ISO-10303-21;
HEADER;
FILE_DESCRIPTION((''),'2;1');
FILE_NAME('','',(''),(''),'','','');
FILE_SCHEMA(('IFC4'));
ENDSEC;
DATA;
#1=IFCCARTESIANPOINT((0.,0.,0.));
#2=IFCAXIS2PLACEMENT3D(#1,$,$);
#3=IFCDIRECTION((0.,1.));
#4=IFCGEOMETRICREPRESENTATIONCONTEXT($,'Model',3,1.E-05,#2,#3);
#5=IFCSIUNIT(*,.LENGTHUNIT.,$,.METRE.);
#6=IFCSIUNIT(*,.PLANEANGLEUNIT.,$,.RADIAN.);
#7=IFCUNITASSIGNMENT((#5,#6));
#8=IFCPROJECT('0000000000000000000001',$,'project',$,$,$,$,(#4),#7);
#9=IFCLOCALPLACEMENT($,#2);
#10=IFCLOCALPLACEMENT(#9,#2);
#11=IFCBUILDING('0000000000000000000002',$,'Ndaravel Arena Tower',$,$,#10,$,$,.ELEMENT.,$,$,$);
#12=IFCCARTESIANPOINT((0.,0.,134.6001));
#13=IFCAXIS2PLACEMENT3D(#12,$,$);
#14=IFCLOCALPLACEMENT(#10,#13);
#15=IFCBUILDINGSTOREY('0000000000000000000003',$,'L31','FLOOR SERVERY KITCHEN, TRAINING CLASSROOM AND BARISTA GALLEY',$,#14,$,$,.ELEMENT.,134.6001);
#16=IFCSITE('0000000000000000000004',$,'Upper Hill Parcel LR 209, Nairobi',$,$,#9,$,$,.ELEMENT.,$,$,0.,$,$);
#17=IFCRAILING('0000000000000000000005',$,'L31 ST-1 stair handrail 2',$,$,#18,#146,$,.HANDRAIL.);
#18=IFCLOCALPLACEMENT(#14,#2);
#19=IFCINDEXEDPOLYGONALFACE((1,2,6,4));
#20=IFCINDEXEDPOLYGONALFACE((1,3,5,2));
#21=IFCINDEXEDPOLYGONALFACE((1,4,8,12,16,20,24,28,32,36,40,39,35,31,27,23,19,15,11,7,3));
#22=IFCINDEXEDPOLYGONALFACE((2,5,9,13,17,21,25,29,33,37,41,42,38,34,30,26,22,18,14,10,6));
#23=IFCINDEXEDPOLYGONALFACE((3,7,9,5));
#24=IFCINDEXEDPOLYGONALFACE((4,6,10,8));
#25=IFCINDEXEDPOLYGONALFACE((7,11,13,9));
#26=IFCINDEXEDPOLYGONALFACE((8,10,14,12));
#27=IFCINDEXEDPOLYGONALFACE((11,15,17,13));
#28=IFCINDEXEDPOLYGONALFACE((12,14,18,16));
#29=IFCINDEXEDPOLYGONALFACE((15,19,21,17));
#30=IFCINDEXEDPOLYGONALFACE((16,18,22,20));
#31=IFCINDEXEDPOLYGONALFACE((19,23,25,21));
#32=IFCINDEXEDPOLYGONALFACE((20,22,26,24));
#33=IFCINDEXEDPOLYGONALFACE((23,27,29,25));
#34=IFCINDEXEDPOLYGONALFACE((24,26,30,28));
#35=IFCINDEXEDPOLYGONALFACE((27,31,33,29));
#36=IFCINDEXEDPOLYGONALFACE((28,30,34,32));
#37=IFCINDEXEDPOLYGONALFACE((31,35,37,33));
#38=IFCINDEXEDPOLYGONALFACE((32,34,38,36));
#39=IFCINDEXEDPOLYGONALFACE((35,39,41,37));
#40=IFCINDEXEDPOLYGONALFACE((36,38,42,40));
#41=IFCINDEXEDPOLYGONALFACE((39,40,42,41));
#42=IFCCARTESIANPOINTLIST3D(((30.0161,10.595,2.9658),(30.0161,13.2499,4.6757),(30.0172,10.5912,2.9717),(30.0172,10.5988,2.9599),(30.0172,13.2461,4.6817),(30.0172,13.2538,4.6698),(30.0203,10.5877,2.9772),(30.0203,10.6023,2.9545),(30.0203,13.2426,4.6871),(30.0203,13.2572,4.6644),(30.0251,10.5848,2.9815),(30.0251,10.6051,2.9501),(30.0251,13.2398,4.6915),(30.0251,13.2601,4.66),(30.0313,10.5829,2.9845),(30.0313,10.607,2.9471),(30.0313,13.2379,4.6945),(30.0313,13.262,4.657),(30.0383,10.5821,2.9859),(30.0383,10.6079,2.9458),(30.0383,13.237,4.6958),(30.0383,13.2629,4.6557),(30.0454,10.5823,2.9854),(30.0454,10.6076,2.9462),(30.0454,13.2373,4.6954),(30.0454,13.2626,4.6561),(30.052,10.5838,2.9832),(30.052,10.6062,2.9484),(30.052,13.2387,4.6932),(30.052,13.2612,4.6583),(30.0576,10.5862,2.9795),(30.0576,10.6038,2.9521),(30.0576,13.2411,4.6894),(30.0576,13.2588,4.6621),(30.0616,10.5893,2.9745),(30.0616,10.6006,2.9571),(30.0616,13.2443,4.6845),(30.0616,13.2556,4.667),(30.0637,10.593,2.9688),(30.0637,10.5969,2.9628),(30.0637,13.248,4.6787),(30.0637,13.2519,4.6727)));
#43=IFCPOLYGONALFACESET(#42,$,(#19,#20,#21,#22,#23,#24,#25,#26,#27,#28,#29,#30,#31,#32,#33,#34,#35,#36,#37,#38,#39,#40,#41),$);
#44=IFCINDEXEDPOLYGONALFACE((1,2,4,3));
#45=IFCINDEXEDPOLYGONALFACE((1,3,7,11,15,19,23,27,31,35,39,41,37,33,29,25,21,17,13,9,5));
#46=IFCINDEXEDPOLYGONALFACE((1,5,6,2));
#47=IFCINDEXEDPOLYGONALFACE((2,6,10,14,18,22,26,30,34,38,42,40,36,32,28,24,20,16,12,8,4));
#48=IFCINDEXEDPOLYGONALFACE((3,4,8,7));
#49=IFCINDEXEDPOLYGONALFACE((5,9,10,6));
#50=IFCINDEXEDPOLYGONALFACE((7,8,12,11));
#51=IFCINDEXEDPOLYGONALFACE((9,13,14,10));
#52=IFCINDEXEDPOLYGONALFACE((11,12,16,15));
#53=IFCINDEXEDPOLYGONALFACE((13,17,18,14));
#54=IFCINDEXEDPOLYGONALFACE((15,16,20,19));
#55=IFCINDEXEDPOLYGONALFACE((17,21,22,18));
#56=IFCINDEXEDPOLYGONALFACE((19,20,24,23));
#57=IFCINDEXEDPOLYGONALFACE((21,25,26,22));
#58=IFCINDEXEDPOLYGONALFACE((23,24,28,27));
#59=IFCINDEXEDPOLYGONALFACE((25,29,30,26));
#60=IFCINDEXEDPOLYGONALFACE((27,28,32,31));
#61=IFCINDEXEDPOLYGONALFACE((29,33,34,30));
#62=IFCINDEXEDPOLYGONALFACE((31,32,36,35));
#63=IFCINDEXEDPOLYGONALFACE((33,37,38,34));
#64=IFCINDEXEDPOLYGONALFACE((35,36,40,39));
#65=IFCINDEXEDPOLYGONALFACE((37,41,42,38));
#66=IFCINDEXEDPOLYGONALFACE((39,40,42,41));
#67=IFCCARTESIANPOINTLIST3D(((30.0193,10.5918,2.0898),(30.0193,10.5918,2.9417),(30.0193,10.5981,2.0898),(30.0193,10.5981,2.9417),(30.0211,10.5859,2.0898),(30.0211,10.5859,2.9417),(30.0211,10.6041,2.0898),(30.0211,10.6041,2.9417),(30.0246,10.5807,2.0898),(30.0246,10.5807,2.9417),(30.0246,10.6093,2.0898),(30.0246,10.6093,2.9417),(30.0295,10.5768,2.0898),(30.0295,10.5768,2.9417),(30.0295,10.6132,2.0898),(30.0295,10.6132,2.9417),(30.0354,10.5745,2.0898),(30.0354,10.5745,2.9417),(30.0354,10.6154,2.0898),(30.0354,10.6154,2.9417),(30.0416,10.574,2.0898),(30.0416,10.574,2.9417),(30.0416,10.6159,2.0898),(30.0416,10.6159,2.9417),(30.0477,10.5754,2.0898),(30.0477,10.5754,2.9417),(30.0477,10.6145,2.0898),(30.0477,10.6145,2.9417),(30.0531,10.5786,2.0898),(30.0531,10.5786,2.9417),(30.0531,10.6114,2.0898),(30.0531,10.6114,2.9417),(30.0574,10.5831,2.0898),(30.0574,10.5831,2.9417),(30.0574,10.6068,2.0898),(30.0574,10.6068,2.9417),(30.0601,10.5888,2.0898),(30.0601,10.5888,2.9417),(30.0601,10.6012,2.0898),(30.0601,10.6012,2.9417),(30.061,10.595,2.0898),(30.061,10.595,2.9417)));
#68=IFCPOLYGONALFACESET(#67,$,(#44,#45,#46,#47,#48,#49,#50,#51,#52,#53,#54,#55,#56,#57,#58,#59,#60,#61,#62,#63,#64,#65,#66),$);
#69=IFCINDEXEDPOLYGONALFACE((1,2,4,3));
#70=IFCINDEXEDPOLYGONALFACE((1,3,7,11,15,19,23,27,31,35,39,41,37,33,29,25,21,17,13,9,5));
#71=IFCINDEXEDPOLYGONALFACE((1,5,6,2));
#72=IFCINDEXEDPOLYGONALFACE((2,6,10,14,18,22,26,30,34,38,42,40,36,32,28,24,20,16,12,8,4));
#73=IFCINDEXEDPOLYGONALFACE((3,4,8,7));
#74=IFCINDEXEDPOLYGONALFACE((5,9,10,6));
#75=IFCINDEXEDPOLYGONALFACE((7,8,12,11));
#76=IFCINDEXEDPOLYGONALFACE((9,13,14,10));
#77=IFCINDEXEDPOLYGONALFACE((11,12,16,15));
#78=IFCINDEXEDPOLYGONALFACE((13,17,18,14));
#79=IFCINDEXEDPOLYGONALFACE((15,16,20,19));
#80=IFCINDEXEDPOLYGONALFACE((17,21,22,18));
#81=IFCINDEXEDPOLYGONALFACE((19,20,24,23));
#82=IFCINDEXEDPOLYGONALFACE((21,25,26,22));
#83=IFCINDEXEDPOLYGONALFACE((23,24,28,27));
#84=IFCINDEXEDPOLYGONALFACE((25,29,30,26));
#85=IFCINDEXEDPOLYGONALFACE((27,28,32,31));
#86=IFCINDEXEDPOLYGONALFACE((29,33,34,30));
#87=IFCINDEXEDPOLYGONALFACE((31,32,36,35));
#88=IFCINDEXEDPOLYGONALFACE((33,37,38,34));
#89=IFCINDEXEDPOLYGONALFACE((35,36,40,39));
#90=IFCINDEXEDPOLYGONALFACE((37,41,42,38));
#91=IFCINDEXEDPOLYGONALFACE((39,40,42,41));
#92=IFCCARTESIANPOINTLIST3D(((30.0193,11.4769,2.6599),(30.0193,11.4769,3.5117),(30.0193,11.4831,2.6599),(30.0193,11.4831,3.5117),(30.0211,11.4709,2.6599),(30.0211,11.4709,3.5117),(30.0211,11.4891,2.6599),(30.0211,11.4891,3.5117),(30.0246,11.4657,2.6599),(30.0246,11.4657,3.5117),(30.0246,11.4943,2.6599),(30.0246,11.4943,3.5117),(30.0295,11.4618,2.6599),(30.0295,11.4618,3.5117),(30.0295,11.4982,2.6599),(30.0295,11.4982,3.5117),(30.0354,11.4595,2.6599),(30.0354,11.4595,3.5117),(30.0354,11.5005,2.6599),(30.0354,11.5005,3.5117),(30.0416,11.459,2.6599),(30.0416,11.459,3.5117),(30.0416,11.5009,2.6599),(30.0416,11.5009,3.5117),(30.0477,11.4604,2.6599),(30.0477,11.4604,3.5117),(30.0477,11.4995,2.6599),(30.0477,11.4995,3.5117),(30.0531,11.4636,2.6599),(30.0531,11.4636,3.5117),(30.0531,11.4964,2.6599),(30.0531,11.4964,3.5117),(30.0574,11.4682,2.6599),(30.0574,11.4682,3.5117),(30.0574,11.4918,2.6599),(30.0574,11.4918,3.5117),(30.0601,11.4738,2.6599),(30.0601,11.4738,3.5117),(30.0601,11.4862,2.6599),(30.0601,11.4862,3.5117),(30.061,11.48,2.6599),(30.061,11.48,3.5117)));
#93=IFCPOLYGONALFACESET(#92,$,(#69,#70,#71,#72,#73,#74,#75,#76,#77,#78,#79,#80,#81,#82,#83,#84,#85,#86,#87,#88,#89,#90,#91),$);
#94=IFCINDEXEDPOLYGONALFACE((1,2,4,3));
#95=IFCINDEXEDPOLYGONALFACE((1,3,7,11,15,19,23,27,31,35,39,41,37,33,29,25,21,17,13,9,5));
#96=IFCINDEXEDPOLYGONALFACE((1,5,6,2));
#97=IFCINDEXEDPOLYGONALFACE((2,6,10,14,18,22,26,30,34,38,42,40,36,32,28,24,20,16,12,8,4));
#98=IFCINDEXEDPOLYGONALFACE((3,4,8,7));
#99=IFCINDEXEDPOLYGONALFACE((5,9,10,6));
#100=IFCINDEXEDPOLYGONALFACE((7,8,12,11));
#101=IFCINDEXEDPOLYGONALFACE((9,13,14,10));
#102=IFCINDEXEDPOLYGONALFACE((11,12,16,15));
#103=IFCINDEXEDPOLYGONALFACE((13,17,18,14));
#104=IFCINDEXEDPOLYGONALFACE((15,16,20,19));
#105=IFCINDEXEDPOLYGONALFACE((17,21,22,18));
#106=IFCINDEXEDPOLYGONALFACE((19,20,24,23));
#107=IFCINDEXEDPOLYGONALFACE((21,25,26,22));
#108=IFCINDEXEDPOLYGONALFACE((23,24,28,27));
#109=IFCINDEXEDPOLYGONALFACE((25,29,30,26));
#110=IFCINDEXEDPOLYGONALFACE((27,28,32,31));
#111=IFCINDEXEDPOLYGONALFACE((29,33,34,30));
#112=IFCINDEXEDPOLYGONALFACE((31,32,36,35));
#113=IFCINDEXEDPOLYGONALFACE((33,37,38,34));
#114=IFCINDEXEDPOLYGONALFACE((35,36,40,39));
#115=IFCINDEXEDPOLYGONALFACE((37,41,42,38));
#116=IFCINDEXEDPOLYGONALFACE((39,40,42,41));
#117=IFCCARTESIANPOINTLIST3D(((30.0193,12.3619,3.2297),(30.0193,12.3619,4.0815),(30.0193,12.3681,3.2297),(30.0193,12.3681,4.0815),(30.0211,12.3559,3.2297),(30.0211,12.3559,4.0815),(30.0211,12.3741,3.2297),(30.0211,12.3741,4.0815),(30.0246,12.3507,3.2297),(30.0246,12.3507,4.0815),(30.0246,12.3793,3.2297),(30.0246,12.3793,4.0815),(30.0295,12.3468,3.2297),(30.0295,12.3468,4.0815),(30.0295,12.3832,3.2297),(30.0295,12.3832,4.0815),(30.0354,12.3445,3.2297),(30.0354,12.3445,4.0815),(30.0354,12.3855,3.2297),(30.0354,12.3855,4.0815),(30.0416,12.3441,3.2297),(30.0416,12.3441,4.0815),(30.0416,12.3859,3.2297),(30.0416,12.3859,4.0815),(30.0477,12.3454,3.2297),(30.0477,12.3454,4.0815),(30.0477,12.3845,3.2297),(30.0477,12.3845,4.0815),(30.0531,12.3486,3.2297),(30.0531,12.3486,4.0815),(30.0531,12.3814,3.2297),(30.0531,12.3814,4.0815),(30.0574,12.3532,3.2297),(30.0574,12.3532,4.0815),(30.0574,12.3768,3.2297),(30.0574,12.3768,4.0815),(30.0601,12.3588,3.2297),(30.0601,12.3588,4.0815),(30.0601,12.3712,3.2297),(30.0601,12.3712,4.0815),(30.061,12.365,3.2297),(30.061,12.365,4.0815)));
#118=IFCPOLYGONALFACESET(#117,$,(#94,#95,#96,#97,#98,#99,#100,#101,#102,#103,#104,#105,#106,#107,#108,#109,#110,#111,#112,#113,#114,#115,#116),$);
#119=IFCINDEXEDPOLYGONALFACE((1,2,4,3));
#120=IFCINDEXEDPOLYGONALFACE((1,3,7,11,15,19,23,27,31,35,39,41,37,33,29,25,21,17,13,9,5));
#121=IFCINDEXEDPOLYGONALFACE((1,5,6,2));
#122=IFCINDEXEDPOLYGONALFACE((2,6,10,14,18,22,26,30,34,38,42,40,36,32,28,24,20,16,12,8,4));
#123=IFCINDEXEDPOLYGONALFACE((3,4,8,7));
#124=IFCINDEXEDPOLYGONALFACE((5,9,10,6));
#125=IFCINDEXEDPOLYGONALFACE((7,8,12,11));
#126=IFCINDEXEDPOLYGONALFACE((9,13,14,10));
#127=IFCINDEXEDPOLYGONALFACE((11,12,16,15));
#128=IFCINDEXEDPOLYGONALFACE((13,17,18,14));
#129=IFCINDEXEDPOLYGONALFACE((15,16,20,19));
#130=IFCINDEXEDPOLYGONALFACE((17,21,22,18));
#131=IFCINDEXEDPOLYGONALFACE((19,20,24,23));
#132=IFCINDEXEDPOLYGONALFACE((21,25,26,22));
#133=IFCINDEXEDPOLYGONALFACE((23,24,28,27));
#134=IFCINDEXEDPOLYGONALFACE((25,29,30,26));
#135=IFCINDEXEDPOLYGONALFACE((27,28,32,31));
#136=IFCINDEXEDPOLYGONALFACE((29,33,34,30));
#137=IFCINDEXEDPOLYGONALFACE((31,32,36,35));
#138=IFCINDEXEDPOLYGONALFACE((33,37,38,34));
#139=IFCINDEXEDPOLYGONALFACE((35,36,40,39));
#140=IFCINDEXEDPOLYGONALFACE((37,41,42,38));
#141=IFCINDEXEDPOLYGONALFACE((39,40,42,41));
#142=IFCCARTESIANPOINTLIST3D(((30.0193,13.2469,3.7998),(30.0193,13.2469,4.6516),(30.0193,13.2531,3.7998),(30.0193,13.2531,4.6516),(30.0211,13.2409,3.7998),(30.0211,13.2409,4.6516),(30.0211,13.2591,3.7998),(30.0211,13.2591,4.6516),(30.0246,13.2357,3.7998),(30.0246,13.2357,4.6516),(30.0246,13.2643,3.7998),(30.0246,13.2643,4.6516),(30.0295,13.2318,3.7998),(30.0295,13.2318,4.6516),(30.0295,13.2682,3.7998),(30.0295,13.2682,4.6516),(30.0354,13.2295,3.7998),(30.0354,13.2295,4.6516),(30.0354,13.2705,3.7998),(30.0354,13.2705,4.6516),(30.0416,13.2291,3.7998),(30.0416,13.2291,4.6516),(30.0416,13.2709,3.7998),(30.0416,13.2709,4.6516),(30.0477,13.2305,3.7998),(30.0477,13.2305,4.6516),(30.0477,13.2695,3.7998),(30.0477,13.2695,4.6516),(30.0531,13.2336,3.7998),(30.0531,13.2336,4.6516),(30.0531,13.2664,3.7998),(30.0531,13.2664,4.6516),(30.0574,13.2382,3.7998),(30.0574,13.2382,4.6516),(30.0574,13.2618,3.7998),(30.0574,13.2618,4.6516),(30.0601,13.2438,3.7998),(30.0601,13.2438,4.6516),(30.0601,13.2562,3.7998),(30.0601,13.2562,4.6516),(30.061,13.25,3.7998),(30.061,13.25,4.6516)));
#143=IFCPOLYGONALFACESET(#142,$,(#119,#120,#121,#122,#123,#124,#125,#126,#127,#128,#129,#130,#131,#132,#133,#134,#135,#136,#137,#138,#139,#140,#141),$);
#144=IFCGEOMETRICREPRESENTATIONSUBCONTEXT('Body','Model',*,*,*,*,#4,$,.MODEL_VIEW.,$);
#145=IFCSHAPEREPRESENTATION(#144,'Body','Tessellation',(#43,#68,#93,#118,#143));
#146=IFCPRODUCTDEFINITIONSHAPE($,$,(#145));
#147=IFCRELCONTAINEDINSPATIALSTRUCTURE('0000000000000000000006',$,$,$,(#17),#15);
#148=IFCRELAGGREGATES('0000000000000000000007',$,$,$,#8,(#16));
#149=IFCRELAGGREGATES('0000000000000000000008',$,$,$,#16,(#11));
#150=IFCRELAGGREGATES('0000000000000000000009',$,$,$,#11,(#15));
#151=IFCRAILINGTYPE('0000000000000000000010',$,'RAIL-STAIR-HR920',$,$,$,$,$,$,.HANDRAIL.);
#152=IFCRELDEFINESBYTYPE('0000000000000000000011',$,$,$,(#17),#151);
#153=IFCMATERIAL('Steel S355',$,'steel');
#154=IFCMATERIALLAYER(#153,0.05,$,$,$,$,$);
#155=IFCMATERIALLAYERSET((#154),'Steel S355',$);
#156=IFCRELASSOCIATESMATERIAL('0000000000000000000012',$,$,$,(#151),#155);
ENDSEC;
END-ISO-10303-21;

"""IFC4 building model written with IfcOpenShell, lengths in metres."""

from ifc_helpers import new_model, si_unit, direction, frame, origin, origin_2d, place, context, subcontext, project, spatial, circle, extrude, material, layer, layer_set, type_object, element, save


model = new_model("IFC4")

# Units and contexts
model_context = context("Model", 3, precision=1e-05, world=origin(), true_north=direction((0.0, 1.0)))
body_context = subcontext(model_context, "Body", "Model", "MODEL_VIEW")
ifc_project = project(units=[si_unit("LENGTHUNIT", "METRE"), si_unit("PLANEANGLEUNIT", "RADIAN")], contexts=[model_context])

# Site, building, storey
site_placement = place(None, origin())
site = spatial("IfcSite", under=ifc_project, at=site_placement, Name="Upper Hill Parcel LR 209, Nairobi", CompositionType="ELEMENT", RefElevation=0.0)
building_placement = place(site_placement, origin())
building = spatial("IfcBuilding", under=site, at=building_placement, Name="Ndaravel Arena Tower", CompositionType="ELEMENT")
storey_placement = place(building_placement, frame((0.0, 0.0, 134.6001)))
storey = spatial("IfcBuildingStorey", under=building, at=storey_placement, Name="L31", Description="FLOOR SERVERY KITCHEN, TRAINING CLASSROOM AND BARISTA GALLEY", CompositionType="ELEMENT", Elevation=134.6001)

# Railing
ifc_material_1 = material(Name="Steel S355", Category="steel")
ifc_layer_1 = layer(ifc_material_1, 0.05)
ifc_layer_set_1 = layer_set([ifc_layer_1], Name="Steel S355")
railing_type_1 = type_object("IfcRailingType", Name="RAIL-STAIR-HR920", PredefinedType="HANDRAIL", material=ifc_layer_set_1)
railing_1_placement = place(storey_placement, frame((30.04, 10.595, 2.0898)))
element("IfcRailing", 1, at=railing_1_placement, inside=storey, type_object=railing_type_1, Name="L31 ST-1 stair handrail 2", PredefinedType="HANDRAIL", context=body_context, shape_type="SweptSolid", body=[
    extrude(circle(Radius=0.0239, at=origin_2d()), frame((0.0, 0.0, 0.876), z_axis=(0.0, 0.840724, 0.541465), x_axis=(-1.0, 0.0, 0.0)), (0.0, 0.0, 1.0), 3.158),
    extrude(circle(Radius=0.021, at=origin_2d()), origin(), (0.0, 0.0, 1.0), 0.8518),
    extrude(circle(Radius=0.021, at=origin_2d()), frame((0.0, 0.885, 0.5701)), (0.0, 0.0, 1.0), 0.8518),
    extrude(circle(Radius=0.021, at=origin_2d()), frame((0.0, 1.77, 1.1399)), (0.0, 0.0, 1.0), 0.8518),
    extrude(circle(Radius=0.021, at=origin_2d()), frame((0.0, 2.655, 1.71)), (0.0, 0.0, 1.0), 0.8518),
])

save(model, "model.ifc")
